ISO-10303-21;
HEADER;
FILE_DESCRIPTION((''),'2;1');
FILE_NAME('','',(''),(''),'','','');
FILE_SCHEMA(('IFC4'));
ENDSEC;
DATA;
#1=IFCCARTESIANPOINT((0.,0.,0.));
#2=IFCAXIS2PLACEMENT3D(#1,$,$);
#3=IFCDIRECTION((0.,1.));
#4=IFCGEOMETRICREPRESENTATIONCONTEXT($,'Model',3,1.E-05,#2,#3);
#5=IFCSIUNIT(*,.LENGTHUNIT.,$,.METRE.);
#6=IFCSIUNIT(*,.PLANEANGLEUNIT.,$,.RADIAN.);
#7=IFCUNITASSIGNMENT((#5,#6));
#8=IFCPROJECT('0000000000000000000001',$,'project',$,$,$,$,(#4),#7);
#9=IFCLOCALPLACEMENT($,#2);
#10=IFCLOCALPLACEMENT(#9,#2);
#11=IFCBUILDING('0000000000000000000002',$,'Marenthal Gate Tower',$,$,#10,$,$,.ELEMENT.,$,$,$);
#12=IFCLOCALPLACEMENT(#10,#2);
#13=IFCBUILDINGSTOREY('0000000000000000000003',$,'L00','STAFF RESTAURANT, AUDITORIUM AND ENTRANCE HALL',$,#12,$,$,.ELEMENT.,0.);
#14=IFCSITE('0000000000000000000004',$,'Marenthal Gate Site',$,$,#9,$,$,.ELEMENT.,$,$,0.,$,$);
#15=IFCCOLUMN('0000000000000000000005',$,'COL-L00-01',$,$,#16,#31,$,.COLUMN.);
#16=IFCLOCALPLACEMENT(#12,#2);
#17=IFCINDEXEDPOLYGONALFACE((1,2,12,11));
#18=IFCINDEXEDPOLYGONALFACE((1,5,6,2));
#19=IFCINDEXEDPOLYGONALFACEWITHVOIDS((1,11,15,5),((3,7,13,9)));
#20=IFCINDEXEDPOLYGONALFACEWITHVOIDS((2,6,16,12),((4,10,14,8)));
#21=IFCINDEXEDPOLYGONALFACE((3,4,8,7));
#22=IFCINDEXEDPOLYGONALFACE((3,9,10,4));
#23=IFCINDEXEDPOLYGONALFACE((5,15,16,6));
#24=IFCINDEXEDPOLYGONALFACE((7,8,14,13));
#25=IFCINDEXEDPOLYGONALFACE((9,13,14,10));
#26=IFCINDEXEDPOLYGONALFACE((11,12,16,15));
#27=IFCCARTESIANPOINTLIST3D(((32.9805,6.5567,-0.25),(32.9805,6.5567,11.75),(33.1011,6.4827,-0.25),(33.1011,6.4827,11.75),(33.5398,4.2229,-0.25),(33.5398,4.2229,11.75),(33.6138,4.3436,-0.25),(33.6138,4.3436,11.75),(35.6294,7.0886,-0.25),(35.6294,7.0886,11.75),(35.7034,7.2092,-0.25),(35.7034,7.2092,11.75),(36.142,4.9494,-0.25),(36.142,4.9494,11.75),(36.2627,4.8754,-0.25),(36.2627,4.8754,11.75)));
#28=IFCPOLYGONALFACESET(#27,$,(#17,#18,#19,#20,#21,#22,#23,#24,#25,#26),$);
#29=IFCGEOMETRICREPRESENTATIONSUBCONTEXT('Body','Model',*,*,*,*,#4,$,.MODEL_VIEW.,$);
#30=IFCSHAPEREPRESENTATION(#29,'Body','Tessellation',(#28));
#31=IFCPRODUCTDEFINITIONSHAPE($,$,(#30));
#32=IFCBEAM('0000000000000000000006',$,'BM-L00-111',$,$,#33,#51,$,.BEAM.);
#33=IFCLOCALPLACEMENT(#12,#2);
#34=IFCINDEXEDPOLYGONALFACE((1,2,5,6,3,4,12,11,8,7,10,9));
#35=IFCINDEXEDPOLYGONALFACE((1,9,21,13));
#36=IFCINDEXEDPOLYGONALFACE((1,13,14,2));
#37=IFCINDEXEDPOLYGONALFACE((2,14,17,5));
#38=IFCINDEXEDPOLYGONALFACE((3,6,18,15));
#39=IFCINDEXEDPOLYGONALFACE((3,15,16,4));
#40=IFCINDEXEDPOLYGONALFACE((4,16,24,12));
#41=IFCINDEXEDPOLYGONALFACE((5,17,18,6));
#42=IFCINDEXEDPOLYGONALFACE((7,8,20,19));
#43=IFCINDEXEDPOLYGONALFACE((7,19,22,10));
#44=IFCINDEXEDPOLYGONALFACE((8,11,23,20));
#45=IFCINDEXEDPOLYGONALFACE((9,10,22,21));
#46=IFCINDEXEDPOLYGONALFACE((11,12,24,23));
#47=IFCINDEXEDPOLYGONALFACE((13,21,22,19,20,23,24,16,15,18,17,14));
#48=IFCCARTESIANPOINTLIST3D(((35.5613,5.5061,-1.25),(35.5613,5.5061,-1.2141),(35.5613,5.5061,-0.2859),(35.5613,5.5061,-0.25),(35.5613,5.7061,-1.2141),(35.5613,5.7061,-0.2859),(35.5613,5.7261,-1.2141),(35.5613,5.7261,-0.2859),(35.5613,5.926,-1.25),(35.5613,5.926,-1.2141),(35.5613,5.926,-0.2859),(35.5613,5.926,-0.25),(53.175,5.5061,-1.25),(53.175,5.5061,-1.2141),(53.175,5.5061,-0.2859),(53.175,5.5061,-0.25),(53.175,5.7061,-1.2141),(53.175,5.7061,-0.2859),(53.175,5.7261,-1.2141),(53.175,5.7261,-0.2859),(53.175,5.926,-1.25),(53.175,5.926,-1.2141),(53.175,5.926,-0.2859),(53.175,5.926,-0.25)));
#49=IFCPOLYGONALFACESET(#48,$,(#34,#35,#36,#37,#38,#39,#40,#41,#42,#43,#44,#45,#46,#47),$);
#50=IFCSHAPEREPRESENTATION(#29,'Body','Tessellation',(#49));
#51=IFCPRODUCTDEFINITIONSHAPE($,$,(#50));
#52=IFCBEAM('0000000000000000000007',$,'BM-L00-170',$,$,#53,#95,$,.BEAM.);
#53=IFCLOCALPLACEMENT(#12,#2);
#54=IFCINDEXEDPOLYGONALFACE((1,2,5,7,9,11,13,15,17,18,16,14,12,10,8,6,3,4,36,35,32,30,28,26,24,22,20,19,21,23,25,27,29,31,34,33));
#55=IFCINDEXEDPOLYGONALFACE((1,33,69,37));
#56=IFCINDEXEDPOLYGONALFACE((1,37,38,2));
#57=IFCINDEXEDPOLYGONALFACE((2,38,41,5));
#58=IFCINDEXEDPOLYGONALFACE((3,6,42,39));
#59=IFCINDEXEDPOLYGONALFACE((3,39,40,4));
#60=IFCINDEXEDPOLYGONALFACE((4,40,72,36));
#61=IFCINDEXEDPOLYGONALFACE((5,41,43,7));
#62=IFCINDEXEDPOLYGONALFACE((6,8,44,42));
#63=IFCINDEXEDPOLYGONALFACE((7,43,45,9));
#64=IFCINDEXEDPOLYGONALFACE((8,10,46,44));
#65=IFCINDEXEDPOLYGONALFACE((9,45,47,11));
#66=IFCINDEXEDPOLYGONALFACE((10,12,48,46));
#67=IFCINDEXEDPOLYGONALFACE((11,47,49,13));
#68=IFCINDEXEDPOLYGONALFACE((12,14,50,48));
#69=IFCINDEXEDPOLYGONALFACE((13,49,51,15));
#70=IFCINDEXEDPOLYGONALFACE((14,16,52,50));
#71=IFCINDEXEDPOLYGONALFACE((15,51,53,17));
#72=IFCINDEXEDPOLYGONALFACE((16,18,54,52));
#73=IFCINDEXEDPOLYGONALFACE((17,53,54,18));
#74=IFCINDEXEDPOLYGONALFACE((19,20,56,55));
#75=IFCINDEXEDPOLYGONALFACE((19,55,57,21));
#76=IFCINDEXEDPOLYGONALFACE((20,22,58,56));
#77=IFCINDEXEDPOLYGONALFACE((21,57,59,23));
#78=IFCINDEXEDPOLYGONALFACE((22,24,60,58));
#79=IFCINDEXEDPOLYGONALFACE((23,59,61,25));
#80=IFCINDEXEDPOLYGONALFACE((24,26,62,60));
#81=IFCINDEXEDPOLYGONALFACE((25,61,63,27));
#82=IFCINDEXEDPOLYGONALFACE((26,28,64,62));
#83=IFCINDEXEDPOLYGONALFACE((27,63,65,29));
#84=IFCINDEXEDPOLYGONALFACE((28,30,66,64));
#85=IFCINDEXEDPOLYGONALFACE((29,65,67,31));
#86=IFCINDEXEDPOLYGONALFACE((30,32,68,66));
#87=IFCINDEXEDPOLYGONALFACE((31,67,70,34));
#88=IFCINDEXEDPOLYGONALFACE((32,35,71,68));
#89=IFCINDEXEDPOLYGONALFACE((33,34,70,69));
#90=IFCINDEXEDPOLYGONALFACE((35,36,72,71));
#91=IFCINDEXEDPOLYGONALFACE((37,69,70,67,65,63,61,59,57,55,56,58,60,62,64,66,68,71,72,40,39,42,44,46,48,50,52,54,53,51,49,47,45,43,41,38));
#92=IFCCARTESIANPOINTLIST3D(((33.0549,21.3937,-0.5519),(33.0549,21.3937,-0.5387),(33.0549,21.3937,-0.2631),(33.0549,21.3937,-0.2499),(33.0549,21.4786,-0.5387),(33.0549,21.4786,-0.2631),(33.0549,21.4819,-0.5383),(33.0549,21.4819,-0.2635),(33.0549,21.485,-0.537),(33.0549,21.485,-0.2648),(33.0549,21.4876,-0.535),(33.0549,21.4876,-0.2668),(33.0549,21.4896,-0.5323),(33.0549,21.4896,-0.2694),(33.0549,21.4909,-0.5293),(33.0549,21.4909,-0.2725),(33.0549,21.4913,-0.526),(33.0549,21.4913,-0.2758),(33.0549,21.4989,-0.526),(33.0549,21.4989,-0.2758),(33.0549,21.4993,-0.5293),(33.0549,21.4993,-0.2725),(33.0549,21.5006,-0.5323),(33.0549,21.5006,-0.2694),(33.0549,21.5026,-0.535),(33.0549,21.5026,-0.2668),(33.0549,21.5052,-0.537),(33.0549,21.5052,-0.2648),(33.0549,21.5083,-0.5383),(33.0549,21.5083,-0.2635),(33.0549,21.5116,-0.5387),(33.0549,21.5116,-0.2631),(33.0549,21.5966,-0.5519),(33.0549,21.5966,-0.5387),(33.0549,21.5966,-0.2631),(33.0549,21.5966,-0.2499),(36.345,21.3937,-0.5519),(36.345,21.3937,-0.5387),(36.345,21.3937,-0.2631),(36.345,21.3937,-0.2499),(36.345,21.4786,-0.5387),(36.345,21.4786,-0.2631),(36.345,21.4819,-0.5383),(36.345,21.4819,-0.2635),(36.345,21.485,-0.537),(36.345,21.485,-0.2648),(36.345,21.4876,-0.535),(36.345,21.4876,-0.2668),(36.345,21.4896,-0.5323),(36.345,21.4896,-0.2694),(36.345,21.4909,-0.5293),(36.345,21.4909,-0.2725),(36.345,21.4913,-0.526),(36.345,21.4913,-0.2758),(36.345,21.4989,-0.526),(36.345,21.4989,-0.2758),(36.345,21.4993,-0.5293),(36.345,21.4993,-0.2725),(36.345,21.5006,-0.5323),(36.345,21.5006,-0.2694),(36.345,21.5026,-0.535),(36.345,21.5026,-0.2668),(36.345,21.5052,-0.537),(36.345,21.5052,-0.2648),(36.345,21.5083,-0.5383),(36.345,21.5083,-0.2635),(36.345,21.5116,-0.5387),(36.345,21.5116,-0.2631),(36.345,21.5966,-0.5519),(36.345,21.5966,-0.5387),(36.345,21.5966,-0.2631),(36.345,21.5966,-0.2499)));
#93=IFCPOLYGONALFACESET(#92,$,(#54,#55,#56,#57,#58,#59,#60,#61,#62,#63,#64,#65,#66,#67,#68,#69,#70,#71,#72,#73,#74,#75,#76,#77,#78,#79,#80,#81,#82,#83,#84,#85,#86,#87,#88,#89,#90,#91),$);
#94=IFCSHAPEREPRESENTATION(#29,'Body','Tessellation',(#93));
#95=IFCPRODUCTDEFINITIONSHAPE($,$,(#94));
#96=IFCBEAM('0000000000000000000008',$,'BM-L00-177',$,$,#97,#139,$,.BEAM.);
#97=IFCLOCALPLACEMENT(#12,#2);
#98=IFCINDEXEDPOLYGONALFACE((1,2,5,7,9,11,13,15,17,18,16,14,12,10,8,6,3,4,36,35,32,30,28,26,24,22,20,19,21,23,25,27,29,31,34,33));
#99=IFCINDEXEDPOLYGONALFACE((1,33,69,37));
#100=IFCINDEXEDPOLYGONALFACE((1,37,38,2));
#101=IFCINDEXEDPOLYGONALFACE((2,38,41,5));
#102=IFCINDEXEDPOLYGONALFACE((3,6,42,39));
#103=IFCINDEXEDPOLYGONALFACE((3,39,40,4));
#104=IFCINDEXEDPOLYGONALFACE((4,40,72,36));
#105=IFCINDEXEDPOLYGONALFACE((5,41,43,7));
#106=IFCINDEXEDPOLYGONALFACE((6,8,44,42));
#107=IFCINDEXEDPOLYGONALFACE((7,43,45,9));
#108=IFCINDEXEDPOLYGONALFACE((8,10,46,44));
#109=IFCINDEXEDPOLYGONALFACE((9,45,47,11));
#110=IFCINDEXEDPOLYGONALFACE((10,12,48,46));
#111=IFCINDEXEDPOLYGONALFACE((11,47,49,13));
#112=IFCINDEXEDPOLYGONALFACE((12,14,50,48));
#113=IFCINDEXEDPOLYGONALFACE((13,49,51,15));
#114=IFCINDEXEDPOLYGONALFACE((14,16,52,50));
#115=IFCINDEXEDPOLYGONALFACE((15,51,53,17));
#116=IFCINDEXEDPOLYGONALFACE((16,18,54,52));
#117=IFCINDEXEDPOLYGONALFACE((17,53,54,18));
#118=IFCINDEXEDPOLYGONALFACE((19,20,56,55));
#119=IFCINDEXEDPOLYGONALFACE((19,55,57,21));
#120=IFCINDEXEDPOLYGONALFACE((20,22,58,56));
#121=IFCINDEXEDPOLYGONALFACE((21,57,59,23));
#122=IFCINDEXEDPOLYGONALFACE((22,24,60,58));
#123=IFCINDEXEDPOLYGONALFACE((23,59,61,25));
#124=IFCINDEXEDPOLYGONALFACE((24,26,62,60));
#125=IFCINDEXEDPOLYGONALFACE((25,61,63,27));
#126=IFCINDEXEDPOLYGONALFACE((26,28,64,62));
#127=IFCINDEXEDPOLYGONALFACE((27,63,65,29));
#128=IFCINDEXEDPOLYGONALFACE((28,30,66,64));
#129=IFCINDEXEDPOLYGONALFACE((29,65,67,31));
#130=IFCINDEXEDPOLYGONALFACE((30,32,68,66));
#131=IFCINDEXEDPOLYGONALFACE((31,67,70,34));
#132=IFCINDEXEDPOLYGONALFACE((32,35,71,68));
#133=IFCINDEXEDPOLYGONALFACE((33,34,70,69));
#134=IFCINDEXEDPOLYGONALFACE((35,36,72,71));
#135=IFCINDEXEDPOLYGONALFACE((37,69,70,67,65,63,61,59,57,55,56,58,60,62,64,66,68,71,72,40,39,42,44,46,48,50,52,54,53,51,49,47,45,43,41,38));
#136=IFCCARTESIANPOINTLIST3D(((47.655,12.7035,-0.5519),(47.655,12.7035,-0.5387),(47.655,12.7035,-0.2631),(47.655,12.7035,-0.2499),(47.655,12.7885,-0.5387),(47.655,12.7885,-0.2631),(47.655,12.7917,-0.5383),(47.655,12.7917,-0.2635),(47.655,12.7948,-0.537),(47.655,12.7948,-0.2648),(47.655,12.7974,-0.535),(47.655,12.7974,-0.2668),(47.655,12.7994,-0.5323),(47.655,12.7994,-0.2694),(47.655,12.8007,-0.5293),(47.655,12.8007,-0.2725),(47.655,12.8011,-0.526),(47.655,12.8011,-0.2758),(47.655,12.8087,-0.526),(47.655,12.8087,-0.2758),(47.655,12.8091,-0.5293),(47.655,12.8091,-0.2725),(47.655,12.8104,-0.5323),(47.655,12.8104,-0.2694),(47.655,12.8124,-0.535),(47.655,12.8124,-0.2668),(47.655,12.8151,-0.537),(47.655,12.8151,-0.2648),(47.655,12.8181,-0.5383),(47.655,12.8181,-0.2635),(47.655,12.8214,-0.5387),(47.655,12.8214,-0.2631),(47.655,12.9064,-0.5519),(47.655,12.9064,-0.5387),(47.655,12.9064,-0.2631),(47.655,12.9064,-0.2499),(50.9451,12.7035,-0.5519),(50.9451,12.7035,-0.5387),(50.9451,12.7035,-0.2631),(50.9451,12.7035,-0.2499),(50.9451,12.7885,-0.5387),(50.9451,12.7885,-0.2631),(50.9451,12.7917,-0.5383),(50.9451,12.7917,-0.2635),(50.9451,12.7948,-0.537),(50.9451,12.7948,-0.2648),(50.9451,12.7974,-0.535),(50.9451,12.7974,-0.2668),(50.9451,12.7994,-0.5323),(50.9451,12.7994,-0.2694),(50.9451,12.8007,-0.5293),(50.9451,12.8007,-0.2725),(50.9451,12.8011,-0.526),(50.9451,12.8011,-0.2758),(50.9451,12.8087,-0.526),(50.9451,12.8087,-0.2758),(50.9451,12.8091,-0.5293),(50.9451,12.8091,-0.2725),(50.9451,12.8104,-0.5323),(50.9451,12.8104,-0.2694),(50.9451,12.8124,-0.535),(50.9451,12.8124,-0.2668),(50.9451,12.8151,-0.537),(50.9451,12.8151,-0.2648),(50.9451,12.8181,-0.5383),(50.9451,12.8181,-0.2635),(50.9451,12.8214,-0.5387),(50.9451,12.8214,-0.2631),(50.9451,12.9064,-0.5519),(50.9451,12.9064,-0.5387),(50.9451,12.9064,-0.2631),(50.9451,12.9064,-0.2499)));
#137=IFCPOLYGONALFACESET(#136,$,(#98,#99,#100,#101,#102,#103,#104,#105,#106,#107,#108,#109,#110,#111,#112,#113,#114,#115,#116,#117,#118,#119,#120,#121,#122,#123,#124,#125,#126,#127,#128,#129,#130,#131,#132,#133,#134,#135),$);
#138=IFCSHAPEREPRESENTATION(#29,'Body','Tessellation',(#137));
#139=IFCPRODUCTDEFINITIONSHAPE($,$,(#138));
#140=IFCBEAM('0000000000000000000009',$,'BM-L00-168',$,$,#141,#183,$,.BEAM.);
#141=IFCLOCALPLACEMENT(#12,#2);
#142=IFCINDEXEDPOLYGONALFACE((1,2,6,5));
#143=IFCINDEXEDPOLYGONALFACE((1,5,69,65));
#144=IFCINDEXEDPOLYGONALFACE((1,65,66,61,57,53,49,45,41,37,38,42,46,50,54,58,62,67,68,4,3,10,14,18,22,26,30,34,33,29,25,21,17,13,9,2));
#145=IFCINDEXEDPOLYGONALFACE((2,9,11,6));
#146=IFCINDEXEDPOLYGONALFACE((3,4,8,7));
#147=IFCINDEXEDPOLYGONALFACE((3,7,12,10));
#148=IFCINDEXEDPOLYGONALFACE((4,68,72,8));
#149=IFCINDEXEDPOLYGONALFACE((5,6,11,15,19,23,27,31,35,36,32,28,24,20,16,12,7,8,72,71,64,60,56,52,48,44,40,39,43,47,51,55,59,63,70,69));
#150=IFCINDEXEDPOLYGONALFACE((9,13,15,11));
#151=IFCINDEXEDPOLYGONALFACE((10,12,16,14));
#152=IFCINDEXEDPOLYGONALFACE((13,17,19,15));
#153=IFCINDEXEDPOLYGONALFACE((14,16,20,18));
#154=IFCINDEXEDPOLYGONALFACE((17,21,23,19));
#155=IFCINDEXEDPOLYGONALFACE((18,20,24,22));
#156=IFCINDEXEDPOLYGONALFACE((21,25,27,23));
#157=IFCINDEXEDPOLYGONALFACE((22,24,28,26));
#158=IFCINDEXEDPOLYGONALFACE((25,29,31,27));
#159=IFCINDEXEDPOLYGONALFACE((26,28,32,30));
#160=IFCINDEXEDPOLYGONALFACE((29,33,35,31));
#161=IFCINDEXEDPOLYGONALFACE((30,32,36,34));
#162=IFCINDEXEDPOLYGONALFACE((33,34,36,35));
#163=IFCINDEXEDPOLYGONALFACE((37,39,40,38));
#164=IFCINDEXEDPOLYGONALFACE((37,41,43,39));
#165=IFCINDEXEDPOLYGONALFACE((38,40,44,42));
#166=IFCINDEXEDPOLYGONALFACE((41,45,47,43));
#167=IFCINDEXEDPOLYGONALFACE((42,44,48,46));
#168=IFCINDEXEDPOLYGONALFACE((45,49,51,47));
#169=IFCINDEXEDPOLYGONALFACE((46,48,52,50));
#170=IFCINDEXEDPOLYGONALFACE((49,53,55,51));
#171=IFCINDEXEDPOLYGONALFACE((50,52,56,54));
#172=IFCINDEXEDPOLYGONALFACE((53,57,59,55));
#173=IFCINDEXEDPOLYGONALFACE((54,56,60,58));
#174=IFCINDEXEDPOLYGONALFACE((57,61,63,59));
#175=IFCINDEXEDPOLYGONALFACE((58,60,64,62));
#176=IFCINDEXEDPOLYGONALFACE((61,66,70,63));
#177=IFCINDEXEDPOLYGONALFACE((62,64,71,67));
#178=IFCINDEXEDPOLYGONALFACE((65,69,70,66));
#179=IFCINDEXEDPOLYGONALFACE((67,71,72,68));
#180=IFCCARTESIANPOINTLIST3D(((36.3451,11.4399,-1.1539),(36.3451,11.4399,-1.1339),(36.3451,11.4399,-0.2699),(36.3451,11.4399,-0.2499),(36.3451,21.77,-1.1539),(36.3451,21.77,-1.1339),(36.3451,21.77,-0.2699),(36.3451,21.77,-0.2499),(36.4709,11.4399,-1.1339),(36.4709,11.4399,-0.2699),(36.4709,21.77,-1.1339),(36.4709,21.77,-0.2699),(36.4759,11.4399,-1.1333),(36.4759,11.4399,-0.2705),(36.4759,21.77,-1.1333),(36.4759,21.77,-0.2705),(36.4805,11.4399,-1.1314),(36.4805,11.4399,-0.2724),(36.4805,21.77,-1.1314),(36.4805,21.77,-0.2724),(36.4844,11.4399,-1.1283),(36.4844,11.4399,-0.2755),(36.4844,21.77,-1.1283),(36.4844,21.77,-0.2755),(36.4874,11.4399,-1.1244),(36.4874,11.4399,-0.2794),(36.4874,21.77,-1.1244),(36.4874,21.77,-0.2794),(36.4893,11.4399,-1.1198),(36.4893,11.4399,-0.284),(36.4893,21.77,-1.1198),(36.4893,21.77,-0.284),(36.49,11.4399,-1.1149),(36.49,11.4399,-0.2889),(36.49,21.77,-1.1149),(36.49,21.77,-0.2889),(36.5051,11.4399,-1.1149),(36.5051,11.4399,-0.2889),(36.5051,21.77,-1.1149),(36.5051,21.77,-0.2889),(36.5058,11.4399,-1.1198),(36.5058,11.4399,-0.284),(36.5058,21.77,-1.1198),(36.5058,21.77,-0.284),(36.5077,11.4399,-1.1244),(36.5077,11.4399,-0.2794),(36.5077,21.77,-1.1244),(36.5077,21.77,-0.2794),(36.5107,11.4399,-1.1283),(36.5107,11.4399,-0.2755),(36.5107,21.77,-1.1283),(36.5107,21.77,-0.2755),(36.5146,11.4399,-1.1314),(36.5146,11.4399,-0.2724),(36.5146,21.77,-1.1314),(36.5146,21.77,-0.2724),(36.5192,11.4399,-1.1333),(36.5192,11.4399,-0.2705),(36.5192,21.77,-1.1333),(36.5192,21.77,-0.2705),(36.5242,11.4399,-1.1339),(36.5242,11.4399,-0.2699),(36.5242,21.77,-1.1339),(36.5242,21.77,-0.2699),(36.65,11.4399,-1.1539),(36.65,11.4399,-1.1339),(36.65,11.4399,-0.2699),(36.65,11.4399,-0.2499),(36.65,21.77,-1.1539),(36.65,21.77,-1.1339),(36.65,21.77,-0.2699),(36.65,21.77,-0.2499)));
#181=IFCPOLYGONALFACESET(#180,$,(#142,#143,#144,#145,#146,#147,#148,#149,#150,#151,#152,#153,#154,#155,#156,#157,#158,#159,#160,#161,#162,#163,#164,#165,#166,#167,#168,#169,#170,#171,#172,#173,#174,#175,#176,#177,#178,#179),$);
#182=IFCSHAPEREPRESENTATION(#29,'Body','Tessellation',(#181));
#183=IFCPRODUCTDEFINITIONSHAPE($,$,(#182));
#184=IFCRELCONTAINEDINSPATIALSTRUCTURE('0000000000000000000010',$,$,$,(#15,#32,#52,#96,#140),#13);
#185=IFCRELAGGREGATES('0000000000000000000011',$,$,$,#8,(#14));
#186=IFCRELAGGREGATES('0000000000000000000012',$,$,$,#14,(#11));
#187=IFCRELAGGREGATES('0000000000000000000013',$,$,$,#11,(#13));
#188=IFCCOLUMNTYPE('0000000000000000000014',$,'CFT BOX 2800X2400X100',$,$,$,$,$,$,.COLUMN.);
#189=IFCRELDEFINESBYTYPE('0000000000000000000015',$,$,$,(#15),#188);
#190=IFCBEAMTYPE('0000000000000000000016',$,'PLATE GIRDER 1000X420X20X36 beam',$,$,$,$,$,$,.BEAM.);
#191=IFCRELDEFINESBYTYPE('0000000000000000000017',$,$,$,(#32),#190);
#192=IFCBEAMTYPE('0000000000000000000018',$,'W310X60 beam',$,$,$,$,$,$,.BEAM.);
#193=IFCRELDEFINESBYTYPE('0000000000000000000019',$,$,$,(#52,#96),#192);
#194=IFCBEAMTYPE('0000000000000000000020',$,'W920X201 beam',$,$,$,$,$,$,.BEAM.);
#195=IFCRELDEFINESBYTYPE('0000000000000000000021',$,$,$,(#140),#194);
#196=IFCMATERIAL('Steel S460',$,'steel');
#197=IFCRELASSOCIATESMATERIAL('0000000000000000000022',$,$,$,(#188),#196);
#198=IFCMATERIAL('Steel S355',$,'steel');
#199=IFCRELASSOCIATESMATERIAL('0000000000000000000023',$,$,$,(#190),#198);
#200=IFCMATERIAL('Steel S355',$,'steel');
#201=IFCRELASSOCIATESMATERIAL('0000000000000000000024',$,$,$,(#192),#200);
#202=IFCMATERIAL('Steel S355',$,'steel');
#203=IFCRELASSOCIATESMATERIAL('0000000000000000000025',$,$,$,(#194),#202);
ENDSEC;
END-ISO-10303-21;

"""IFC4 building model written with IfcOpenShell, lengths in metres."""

from ifc_helpers import new_model, si_unit, direction, frame, origin, origin_2d, place, context, subcontext, project, spatial, rectangle, hollow_rectangle, i_section, extrude, material, material_profile, profile_set, type_object, element, save


model = new_model("IFC4")

# Units and contexts
model_context = context("Model", 3, precision=1e-05, world=origin(), true_north=direction((0.0, 1.0)))
body_context = subcontext(model_context, "Body", "Model", "MODEL_VIEW")
ifc_project = project(units=[si_unit("LENGTHUNIT", "METRE"), si_unit("PLANEANGLEUNIT", "RADIAN")], contexts=[model_context])

# Site, building, storey
site_placement = place(None, origin())
site = spatial("IfcSite", under=ifc_project, at=site_placement, Name="Marenthal Gate Site", CompositionType="ELEMENT", RefElevation=0.0)
building_placement = place(site_placement, origin())
building = spatial("IfcBuilding", under=site, at=building_placement, Name="Marenthal Gate Tower", CompositionType="ELEMENT")
storey_placement = place(building_placement, origin())
storey = spatial("IfcBuildingStorey", under=building, at=storey_placement, Name="L00", Description="STAFF RESTAURANT, AUDITORIUM AND ENTRANCE HALL", CompositionType="ELEMENT", Elevation=0.0)

# Column
ifc_material_1 = material(Name="Steel S460", Category="steel")
ifc_material_profile_1 = material_profile(ifc_material_1, hollow_rectangle(XDim=2.3999, YDim=2.8, WallThickness=0.1001, at=origin_2d()), Name="CFT BOX 2800X2400X100")
ifc_material_2 = material(Name="Concrete 70 MPa", Category="concrete")
ifc_material_profile_2 = material_profile(ifc_material_2, rectangle(XDim=2.2, YDim=2.6001, at=origin_2d()), Name="CFT BOX 2800X2400X100 INFILL")
ifc_profile_set_1 = profile_set([ifc_material_profile_1, ifc_material_profile_2], Name="Steel S460 shell, Concrete 70 MPa infill")
column_type = type_object("IfcColumnType", Name="CFT BOX 2800X2400X100", PredefinedType="COLUMN", material=ifc_profile_set_1)
column_placement = place(storey_placement, frame((34.6216, 5.7161, -0.25), z_axis=(0.0, 0.0, 1.0), x_axis=(0.233047, -0.972466, 0.0)))
element("IfcColumn", 1, at=column_placement, inside=storey, type_object=column_type, Name="COL-L00-01", PredefinedType="COLUMN", context=body_context, shape_type="SweptSolid", body=[
    extrude(hollow_rectangle(XDim=2.3999, YDim=2.8, WallThickness=0.1001, at=origin_2d()), origin(), (0.0, 0.0, 1.0), 12.0),
])

# Beams
ifc_material_3 = material(Name="Steel S355", Category="steel")
ifc_material_profile_3 = material_profile(ifc_material_3, i_section(OverallWidth=0.4199, OverallDepth=1.0, WebThickness=0.02, FlangeThickness=0.0359, at=origin_2d()), Name="PLATE GIRDER 1000X420X20X36")
ifc_profile_set_2 = profile_set([ifc_material_profile_3], Name="Steel S355")
beam_type_1 = type_object("IfcBeamType", Name="PLATE GIRDER 1000X420X20X36 beam", PredefinedType="BEAM", material=ifc_profile_set_2)
beam_placement = place(storey_placement, frame((35.5613, 5.7161, -0.75), z_axis=(1.0, 0.0, 0.0), x_axis=(0.0, 1.0, 0.0)))
element("IfcBeam", 2, at=beam_placement, inside=storey, type_object=beam_type_1, Name="BM-L00-111", PredefinedType="BEAM", context=body_context, shape_type="SweptSolid", body=[
    extrude(i_section(OverallWidth=0.4199, OverallDepth=1.0, WebThickness=0.02, FlangeThickness=0.0359, at=origin_2d()), origin(), (0.0, 0.0, 1.0), 17.6138),
])
ifc_material_4 = material(Name="Steel S355", Category="steel")
ifc_material_profile_4 = material_profile(ifc_material_4, i_section(OverallWidth=0.2029, OverallDepth=0.302, WebThickness=0.0076, FlangeThickness=0.0132, FilletRadius=0.0127, at=origin_2d()), Name="W310X60")
ifc_profile_set_3 = profile_set([ifc_material_profile_4], Name="Steel S355")
beam_type_2 = type_object("IfcBeamType", Name="W310X60 beam", PredefinedType="BEAM", material=ifc_profile_set_3)
for number, where, z_axis, x_axis, name in (
    (3, (33.0549, 21.4951, -0.4009), (1.0, 0.0, 0.0), (0.0, 1.0, 0.0), "BM-L00-170"),
    (4, (47.655, 12.8049, -0.4009), (1.0, 0.0, 0.0), (0.0, 1.0, 0.0), "BM-L00-177"),
):
    element("IfcBeam", number, at=place(storey_placement, frame(where, z_axis=z_axis, x_axis=x_axis)), inside=storey, type_object=beam_type_2, Name=name, PredefinedType="BEAM", context=body_context, shape_type="SweptSolid", body=[
        extrude(i_section(OverallWidth=0.2029, OverallDepth=0.302, WebThickness=0.0076, FlangeThickness=0.0132, FilletRadius=0.0127, at=origin_2d()), origin(), (0.0, 0.0, 1.0), 3.29),
    ])
ifc_material_5 = material(Name="Steel S355", Category="steel")
ifc_material_profile_5 = material_profile(ifc_material_5, i_section(OverallWidth=0.3049, OverallDepth=0.9041, WebThickness=0.0151, FlangeThickness=0.02, FilletRadius=0.019, at=origin_2d()), Name="W920X201")
ifc_profile_set_4 = profile_set([ifc_material_profile_5], Name="Steel S355")
beam_type_3 = type_object("IfcBeamType", Name="W920X201 beam", PredefinedType="BEAM", material=ifc_profile_set_4)
for number, where, z_axis, x_axis, name in (
    (5, (36.4976, 11.4399, -0.7019), (0.0, 1.0, 0.0), (-1.0, 0.0, 0.0), "BM-L00-168"),
):
    element("IfcBeam", number, at=place(storey_placement, frame(where, z_axis=z_axis, x_axis=x_axis)), inside=storey, type_object=beam_type_3, Name=name, PredefinedType="BEAM", context=body_context, shape_type="SweptSolid", body=[
        extrude(i_section(OverallWidth=0.3049, OverallDepth=0.9041, WebThickness=0.0151, FlangeThickness=0.02, FilletRadius=0.019, at=origin_2d()), origin(), (0.0, 0.0, 1.0), 10.3301),
    ])

save(model, "model.ifc")
